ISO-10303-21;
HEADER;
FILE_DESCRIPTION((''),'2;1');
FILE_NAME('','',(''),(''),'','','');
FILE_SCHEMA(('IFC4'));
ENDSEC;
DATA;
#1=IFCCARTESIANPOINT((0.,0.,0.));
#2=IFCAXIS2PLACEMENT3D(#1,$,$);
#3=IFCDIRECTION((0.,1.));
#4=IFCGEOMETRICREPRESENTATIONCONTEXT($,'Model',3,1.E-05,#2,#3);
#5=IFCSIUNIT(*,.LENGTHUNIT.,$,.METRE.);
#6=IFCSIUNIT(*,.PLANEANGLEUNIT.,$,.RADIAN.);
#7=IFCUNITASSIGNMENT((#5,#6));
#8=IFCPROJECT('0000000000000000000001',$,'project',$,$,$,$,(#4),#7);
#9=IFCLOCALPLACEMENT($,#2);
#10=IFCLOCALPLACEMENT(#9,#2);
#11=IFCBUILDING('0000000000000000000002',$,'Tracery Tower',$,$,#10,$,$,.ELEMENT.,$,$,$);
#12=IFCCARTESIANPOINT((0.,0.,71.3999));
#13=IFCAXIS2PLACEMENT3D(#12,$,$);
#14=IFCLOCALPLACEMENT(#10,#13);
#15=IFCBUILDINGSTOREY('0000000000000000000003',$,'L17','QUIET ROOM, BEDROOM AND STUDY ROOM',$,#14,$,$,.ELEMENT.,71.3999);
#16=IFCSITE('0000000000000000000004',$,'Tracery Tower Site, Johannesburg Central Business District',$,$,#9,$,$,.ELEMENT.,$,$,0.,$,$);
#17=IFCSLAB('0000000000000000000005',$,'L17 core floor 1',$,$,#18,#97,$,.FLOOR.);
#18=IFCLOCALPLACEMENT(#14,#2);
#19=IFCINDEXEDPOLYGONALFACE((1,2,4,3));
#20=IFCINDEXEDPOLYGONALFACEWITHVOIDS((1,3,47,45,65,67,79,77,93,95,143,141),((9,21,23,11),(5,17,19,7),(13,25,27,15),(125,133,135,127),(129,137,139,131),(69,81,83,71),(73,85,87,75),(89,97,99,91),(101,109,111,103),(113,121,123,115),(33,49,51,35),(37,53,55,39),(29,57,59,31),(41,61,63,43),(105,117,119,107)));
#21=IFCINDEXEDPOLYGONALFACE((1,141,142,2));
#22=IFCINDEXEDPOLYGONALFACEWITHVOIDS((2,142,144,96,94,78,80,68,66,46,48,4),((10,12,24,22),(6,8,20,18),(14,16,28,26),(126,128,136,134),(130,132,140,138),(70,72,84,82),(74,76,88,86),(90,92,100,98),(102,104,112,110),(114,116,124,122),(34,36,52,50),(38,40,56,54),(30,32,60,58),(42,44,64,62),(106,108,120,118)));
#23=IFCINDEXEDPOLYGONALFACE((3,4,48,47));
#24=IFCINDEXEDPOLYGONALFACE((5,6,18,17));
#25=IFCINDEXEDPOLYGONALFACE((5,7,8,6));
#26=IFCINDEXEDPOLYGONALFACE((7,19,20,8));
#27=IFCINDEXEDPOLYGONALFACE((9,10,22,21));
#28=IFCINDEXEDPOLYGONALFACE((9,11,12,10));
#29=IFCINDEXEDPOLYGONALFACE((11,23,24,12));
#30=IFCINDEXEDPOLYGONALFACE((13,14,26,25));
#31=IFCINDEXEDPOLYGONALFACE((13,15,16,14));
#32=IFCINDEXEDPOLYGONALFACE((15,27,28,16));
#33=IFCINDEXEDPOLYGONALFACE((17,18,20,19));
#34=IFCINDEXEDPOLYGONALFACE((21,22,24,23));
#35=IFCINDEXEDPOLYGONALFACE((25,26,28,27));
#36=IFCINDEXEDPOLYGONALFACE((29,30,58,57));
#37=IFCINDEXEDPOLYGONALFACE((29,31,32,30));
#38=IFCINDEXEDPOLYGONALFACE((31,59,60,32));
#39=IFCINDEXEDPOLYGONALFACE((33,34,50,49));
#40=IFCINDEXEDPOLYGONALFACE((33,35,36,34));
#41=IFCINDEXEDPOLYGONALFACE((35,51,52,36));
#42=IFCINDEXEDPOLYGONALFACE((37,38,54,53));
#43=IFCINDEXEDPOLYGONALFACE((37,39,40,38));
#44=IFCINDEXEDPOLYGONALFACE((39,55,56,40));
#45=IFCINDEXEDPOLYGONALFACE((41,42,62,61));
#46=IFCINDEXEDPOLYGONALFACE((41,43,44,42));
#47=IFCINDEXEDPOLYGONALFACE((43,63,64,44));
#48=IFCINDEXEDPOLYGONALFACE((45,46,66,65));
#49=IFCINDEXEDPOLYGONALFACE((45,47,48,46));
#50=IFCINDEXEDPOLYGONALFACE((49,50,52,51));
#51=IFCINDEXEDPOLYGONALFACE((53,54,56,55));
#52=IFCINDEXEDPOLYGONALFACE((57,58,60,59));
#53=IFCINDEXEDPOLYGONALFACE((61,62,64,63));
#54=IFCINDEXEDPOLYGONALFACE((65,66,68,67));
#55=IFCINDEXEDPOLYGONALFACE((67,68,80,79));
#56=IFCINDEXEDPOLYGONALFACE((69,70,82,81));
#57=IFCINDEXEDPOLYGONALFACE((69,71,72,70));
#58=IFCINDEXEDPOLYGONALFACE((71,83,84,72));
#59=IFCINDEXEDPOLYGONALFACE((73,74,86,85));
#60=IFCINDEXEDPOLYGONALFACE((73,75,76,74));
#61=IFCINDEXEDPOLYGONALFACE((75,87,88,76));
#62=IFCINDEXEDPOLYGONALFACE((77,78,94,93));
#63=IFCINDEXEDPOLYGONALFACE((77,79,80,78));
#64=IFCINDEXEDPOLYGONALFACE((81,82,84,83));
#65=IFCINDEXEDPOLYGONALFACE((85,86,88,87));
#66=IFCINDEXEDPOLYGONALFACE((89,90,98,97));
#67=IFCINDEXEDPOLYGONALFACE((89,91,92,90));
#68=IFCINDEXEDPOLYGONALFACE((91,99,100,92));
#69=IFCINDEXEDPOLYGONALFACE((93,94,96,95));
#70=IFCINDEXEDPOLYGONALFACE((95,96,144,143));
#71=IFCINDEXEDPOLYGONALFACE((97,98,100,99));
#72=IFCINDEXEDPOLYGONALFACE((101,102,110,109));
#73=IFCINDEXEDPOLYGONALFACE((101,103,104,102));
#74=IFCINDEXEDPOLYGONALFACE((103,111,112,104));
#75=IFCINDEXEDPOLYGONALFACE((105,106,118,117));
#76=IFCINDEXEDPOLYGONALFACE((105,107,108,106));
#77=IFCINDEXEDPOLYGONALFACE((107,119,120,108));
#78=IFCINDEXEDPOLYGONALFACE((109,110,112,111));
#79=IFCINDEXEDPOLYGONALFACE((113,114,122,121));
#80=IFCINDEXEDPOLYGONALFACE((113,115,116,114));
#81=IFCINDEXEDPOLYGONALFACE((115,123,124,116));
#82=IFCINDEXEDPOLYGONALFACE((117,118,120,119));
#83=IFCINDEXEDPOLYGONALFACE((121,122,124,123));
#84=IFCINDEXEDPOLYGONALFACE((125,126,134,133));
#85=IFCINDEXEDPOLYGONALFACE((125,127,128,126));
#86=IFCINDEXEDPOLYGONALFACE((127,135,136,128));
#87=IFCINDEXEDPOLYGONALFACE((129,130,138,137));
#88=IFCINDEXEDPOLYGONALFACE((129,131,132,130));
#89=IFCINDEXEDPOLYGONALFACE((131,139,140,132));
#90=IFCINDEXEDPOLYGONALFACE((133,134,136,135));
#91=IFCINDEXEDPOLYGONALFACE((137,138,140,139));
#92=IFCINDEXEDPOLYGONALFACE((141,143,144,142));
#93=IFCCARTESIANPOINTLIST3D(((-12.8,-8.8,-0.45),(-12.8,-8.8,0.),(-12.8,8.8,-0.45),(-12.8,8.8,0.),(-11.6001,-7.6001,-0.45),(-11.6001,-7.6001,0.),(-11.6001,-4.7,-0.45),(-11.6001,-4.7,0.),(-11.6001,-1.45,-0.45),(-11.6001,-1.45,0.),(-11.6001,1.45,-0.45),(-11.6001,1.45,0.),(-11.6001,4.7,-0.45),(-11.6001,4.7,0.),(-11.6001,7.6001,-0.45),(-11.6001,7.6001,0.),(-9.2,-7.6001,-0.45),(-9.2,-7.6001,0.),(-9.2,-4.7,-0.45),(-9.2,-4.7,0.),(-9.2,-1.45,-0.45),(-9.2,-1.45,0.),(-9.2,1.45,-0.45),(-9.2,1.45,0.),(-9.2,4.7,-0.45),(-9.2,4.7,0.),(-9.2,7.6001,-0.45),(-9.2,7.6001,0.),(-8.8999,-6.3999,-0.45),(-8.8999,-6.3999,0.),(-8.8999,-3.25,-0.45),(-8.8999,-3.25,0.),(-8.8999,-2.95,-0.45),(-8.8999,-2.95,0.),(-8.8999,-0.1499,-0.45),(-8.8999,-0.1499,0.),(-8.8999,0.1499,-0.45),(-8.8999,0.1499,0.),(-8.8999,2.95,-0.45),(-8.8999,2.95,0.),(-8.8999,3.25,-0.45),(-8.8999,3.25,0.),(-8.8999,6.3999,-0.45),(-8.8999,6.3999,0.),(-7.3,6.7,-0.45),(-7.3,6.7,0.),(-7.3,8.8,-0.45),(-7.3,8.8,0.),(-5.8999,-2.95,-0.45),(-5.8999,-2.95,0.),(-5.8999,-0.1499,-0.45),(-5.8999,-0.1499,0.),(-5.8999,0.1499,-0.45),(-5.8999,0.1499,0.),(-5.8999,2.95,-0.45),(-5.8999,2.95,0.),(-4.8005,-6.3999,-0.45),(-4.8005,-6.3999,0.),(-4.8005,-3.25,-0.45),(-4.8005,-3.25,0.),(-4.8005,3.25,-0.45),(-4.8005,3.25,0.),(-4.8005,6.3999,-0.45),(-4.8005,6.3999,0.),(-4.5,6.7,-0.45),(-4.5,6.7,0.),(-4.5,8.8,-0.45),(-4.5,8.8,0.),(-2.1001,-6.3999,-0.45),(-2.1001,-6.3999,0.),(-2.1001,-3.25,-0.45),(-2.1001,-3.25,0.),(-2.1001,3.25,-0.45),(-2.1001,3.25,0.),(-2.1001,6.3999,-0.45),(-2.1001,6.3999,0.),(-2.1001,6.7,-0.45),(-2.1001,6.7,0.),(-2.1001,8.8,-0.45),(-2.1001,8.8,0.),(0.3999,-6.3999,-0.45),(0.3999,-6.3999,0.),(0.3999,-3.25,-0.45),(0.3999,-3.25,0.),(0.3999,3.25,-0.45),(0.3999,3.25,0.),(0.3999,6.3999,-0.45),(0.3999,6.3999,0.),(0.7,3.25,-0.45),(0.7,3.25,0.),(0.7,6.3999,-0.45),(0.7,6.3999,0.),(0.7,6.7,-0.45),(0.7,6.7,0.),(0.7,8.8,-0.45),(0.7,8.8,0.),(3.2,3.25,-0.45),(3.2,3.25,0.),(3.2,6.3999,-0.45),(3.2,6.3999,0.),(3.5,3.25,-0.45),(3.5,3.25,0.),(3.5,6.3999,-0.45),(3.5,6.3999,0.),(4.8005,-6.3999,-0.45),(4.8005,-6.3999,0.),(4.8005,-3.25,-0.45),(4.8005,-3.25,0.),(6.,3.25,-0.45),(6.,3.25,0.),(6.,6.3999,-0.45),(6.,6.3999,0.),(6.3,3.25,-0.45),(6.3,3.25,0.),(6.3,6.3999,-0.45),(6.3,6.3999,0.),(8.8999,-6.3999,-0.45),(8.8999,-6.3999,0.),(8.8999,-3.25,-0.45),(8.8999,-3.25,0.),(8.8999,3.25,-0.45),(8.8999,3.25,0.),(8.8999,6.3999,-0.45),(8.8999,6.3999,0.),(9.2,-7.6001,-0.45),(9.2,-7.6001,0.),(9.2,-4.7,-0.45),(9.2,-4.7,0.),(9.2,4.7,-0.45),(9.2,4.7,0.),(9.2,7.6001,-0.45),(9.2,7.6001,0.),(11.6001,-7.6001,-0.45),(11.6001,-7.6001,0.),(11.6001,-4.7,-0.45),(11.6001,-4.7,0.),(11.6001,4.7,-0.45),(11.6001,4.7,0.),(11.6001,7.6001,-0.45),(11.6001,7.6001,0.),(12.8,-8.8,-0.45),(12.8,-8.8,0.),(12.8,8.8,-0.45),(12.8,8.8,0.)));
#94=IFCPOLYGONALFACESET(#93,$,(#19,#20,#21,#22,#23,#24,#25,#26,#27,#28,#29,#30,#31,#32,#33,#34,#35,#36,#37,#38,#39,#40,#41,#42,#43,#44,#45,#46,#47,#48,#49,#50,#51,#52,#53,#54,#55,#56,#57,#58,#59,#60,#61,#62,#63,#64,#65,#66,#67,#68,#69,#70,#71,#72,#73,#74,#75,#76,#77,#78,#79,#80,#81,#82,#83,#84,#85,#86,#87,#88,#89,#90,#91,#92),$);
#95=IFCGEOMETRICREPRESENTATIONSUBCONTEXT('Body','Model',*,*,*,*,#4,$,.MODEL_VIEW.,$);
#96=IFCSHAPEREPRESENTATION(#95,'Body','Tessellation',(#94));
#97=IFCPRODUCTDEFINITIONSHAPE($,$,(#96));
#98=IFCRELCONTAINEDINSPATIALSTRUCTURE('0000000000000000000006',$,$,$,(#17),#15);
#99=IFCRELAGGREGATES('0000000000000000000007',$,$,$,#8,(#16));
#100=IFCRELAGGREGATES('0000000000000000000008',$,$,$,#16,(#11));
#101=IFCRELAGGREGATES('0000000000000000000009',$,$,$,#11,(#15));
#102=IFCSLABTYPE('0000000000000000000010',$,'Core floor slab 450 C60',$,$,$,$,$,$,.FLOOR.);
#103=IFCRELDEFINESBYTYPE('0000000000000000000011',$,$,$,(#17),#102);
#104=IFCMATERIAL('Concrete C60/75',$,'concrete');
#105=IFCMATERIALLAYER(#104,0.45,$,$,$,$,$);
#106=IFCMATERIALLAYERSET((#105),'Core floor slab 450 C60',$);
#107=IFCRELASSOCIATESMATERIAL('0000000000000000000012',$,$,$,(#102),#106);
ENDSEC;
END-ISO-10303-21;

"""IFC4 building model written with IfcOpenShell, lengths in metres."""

from ifc_helpers import new_model, si_unit, direction, frame, origin, place, context, subcontext, project, spatial, polyline, outline, extrude, material, layer, layer_set, type_object, element, save


model = new_model("IFC4")

# Units and contexts
model_context = context("Model", 3, precision=1e-05, world=origin(), true_north=direction((0.0, 1.0)))
body_context = subcontext(model_context, "Body", "Model", "MODEL_VIEW")
ifc_project = project(units=[si_unit("LENGTHUNIT", "METRE"), si_unit("PLANEANGLEUNIT", "RADIAN")], contexts=[model_context])

# Site, building, storey
site_placement = place(None, origin())
site = spatial("IfcSite", under=ifc_project, at=site_placement, Name="Tracery Tower Site, Johannesburg Central Business District", CompositionType="ELEMENT", RefElevation=0.0)
building_placement = place(site_placement, origin())
building = spatial("IfcBuilding", under=site, at=building_placement, Name="Tracery Tower", CompositionType="ELEMENT")
storey_placement = place(building_placement, frame((0.0, 0.0, 71.3999)))
storey = spatial("IfcBuildingStorey", under=building, at=storey_placement, Name="L17", Description="QUIET ROOM, BEDROOM AND STUDY ROOM", CompositionType="ELEMENT", Elevation=71.3999)

# Slab
ifc_material_1 = material(Name="Concrete C60/75", Category="concrete")
ifc_layer_1 = layer(ifc_material_1, 0.45)
ifc_layer_set_1 = layer_set([ifc_layer_1], Name="Core floor slab 450 C60")
slab_type_1 = type_object("IfcSlabType", Name="Core floor slab 450 C60", PredefinedType="FLOOR", material=ifc_layer_set_1)
slab_1_placement = place(storey_placement, frame((0.0, 0.0, -0.45)))
element("IfcSlab", 1, at=slab_1_placement, inside=storey, type_object=slab_type_1, Name="L17 core floor 1", PredefinedType="FLOOR", context=body_context, shape_type="SweptSolid", body=[
    extrude(outline(polyline([(-12.8, 8.8), (-7.3, 8.8), (-7.3, 6.7), (-4.5, 6.7), (-4.5, 8.8), (-2.1001, 8.8), (-2.1001, 6.7), (0.7, 6.7), (0.7, 8.8), (12.8, 8.8), (12.8, -8.8), (-12.8, -8.8), (-12.8, 8.8)]), holes=[polyline([(11.6001, -7.6001), (11.6001, -4.7), (9.2, -4.7), (9.2, -7.6001), (11.6001, -7.6001)]), polyline([(11.6001, 4.7), (11.6001, 7.6001), (9.2, 7.6001), (9.2, 4.7), (11.6001, 4.7)]), polyline([(4.8005, -3.25), (4.8005, -6.3999), (8.8999, -6.3999), (8.8999, -3.25), (4.8005, -3.25)]), polyline([(6.3, 3.25), (8.8999, 3.25), (8.8999, 6.3999), (6.3, 6.3999), (6.3, 3.25)]), polyline([(3.5, 3.25), (6.0, 3.25), (6.0, 6.3999), (3.5, 6.3999), (3.5, 3.25)]), polyline([(3.2, 3.25), (3.2, 6.3999), (0.7, 6.3999), (0.7, 3.25), (3.2, 3.25)]), polyline([(-2.1001, 3.25), (0.3999, 3.25), (0.3999, 6.3999), (-2.1001, 6.3999), (-2.1001, 3.25)]), polyline([(0.3999, -6.3999), (0.3999, -3.25), (-2.1001, -3.25), (-2.1001, -6.3999), (0.3999, -6.3999)]), polyline([(-4.8005, -3.25), (-8.8999, -3.25), (-8.8999, -6.3999), (-4.8005, -6.3999), (-4.8005, -3.25)]), polyline([(-4.8005, 6.3999), (-8.8999, 6.3999), (-8.8999, 3.25), (-4.8005, 3.25), (-4.8005, 6.3999)]), polyline([(-8.8999, -2.95), (-5.8999, -2.95), (-5.8999, -0.1499), (-8.8999, -0.1499), (-8.8999, -2.95)]), polyline([(-5.8999, 0.1499), (-5.8999, 2.95), (-8.8999, 2.95), (-8.8999, 0.1499), (-5.8999, 0.1499)]), polyline([(-11.6001, 4.7), (-9.2, 4.7), (-9.2, 7.6001), (-11.6001, 7.6001), (-11.6001, 4.7)]), polyline([(-9.2, -7.6001), (-9.2, -4.7), (-11.6001, -4.7), (-11.6001, -7.6001), (-9.2, -7.6001)]), polyline([(-9.2, -1.45), (-9.2, 1.45), (-11.6001, 1.45), (-11.6001, -1.45), (-9.2, -1.45)])]), origin(), (0.0, 0.0, 1.0), 0.45),
])

save(model, "model.ifc")
